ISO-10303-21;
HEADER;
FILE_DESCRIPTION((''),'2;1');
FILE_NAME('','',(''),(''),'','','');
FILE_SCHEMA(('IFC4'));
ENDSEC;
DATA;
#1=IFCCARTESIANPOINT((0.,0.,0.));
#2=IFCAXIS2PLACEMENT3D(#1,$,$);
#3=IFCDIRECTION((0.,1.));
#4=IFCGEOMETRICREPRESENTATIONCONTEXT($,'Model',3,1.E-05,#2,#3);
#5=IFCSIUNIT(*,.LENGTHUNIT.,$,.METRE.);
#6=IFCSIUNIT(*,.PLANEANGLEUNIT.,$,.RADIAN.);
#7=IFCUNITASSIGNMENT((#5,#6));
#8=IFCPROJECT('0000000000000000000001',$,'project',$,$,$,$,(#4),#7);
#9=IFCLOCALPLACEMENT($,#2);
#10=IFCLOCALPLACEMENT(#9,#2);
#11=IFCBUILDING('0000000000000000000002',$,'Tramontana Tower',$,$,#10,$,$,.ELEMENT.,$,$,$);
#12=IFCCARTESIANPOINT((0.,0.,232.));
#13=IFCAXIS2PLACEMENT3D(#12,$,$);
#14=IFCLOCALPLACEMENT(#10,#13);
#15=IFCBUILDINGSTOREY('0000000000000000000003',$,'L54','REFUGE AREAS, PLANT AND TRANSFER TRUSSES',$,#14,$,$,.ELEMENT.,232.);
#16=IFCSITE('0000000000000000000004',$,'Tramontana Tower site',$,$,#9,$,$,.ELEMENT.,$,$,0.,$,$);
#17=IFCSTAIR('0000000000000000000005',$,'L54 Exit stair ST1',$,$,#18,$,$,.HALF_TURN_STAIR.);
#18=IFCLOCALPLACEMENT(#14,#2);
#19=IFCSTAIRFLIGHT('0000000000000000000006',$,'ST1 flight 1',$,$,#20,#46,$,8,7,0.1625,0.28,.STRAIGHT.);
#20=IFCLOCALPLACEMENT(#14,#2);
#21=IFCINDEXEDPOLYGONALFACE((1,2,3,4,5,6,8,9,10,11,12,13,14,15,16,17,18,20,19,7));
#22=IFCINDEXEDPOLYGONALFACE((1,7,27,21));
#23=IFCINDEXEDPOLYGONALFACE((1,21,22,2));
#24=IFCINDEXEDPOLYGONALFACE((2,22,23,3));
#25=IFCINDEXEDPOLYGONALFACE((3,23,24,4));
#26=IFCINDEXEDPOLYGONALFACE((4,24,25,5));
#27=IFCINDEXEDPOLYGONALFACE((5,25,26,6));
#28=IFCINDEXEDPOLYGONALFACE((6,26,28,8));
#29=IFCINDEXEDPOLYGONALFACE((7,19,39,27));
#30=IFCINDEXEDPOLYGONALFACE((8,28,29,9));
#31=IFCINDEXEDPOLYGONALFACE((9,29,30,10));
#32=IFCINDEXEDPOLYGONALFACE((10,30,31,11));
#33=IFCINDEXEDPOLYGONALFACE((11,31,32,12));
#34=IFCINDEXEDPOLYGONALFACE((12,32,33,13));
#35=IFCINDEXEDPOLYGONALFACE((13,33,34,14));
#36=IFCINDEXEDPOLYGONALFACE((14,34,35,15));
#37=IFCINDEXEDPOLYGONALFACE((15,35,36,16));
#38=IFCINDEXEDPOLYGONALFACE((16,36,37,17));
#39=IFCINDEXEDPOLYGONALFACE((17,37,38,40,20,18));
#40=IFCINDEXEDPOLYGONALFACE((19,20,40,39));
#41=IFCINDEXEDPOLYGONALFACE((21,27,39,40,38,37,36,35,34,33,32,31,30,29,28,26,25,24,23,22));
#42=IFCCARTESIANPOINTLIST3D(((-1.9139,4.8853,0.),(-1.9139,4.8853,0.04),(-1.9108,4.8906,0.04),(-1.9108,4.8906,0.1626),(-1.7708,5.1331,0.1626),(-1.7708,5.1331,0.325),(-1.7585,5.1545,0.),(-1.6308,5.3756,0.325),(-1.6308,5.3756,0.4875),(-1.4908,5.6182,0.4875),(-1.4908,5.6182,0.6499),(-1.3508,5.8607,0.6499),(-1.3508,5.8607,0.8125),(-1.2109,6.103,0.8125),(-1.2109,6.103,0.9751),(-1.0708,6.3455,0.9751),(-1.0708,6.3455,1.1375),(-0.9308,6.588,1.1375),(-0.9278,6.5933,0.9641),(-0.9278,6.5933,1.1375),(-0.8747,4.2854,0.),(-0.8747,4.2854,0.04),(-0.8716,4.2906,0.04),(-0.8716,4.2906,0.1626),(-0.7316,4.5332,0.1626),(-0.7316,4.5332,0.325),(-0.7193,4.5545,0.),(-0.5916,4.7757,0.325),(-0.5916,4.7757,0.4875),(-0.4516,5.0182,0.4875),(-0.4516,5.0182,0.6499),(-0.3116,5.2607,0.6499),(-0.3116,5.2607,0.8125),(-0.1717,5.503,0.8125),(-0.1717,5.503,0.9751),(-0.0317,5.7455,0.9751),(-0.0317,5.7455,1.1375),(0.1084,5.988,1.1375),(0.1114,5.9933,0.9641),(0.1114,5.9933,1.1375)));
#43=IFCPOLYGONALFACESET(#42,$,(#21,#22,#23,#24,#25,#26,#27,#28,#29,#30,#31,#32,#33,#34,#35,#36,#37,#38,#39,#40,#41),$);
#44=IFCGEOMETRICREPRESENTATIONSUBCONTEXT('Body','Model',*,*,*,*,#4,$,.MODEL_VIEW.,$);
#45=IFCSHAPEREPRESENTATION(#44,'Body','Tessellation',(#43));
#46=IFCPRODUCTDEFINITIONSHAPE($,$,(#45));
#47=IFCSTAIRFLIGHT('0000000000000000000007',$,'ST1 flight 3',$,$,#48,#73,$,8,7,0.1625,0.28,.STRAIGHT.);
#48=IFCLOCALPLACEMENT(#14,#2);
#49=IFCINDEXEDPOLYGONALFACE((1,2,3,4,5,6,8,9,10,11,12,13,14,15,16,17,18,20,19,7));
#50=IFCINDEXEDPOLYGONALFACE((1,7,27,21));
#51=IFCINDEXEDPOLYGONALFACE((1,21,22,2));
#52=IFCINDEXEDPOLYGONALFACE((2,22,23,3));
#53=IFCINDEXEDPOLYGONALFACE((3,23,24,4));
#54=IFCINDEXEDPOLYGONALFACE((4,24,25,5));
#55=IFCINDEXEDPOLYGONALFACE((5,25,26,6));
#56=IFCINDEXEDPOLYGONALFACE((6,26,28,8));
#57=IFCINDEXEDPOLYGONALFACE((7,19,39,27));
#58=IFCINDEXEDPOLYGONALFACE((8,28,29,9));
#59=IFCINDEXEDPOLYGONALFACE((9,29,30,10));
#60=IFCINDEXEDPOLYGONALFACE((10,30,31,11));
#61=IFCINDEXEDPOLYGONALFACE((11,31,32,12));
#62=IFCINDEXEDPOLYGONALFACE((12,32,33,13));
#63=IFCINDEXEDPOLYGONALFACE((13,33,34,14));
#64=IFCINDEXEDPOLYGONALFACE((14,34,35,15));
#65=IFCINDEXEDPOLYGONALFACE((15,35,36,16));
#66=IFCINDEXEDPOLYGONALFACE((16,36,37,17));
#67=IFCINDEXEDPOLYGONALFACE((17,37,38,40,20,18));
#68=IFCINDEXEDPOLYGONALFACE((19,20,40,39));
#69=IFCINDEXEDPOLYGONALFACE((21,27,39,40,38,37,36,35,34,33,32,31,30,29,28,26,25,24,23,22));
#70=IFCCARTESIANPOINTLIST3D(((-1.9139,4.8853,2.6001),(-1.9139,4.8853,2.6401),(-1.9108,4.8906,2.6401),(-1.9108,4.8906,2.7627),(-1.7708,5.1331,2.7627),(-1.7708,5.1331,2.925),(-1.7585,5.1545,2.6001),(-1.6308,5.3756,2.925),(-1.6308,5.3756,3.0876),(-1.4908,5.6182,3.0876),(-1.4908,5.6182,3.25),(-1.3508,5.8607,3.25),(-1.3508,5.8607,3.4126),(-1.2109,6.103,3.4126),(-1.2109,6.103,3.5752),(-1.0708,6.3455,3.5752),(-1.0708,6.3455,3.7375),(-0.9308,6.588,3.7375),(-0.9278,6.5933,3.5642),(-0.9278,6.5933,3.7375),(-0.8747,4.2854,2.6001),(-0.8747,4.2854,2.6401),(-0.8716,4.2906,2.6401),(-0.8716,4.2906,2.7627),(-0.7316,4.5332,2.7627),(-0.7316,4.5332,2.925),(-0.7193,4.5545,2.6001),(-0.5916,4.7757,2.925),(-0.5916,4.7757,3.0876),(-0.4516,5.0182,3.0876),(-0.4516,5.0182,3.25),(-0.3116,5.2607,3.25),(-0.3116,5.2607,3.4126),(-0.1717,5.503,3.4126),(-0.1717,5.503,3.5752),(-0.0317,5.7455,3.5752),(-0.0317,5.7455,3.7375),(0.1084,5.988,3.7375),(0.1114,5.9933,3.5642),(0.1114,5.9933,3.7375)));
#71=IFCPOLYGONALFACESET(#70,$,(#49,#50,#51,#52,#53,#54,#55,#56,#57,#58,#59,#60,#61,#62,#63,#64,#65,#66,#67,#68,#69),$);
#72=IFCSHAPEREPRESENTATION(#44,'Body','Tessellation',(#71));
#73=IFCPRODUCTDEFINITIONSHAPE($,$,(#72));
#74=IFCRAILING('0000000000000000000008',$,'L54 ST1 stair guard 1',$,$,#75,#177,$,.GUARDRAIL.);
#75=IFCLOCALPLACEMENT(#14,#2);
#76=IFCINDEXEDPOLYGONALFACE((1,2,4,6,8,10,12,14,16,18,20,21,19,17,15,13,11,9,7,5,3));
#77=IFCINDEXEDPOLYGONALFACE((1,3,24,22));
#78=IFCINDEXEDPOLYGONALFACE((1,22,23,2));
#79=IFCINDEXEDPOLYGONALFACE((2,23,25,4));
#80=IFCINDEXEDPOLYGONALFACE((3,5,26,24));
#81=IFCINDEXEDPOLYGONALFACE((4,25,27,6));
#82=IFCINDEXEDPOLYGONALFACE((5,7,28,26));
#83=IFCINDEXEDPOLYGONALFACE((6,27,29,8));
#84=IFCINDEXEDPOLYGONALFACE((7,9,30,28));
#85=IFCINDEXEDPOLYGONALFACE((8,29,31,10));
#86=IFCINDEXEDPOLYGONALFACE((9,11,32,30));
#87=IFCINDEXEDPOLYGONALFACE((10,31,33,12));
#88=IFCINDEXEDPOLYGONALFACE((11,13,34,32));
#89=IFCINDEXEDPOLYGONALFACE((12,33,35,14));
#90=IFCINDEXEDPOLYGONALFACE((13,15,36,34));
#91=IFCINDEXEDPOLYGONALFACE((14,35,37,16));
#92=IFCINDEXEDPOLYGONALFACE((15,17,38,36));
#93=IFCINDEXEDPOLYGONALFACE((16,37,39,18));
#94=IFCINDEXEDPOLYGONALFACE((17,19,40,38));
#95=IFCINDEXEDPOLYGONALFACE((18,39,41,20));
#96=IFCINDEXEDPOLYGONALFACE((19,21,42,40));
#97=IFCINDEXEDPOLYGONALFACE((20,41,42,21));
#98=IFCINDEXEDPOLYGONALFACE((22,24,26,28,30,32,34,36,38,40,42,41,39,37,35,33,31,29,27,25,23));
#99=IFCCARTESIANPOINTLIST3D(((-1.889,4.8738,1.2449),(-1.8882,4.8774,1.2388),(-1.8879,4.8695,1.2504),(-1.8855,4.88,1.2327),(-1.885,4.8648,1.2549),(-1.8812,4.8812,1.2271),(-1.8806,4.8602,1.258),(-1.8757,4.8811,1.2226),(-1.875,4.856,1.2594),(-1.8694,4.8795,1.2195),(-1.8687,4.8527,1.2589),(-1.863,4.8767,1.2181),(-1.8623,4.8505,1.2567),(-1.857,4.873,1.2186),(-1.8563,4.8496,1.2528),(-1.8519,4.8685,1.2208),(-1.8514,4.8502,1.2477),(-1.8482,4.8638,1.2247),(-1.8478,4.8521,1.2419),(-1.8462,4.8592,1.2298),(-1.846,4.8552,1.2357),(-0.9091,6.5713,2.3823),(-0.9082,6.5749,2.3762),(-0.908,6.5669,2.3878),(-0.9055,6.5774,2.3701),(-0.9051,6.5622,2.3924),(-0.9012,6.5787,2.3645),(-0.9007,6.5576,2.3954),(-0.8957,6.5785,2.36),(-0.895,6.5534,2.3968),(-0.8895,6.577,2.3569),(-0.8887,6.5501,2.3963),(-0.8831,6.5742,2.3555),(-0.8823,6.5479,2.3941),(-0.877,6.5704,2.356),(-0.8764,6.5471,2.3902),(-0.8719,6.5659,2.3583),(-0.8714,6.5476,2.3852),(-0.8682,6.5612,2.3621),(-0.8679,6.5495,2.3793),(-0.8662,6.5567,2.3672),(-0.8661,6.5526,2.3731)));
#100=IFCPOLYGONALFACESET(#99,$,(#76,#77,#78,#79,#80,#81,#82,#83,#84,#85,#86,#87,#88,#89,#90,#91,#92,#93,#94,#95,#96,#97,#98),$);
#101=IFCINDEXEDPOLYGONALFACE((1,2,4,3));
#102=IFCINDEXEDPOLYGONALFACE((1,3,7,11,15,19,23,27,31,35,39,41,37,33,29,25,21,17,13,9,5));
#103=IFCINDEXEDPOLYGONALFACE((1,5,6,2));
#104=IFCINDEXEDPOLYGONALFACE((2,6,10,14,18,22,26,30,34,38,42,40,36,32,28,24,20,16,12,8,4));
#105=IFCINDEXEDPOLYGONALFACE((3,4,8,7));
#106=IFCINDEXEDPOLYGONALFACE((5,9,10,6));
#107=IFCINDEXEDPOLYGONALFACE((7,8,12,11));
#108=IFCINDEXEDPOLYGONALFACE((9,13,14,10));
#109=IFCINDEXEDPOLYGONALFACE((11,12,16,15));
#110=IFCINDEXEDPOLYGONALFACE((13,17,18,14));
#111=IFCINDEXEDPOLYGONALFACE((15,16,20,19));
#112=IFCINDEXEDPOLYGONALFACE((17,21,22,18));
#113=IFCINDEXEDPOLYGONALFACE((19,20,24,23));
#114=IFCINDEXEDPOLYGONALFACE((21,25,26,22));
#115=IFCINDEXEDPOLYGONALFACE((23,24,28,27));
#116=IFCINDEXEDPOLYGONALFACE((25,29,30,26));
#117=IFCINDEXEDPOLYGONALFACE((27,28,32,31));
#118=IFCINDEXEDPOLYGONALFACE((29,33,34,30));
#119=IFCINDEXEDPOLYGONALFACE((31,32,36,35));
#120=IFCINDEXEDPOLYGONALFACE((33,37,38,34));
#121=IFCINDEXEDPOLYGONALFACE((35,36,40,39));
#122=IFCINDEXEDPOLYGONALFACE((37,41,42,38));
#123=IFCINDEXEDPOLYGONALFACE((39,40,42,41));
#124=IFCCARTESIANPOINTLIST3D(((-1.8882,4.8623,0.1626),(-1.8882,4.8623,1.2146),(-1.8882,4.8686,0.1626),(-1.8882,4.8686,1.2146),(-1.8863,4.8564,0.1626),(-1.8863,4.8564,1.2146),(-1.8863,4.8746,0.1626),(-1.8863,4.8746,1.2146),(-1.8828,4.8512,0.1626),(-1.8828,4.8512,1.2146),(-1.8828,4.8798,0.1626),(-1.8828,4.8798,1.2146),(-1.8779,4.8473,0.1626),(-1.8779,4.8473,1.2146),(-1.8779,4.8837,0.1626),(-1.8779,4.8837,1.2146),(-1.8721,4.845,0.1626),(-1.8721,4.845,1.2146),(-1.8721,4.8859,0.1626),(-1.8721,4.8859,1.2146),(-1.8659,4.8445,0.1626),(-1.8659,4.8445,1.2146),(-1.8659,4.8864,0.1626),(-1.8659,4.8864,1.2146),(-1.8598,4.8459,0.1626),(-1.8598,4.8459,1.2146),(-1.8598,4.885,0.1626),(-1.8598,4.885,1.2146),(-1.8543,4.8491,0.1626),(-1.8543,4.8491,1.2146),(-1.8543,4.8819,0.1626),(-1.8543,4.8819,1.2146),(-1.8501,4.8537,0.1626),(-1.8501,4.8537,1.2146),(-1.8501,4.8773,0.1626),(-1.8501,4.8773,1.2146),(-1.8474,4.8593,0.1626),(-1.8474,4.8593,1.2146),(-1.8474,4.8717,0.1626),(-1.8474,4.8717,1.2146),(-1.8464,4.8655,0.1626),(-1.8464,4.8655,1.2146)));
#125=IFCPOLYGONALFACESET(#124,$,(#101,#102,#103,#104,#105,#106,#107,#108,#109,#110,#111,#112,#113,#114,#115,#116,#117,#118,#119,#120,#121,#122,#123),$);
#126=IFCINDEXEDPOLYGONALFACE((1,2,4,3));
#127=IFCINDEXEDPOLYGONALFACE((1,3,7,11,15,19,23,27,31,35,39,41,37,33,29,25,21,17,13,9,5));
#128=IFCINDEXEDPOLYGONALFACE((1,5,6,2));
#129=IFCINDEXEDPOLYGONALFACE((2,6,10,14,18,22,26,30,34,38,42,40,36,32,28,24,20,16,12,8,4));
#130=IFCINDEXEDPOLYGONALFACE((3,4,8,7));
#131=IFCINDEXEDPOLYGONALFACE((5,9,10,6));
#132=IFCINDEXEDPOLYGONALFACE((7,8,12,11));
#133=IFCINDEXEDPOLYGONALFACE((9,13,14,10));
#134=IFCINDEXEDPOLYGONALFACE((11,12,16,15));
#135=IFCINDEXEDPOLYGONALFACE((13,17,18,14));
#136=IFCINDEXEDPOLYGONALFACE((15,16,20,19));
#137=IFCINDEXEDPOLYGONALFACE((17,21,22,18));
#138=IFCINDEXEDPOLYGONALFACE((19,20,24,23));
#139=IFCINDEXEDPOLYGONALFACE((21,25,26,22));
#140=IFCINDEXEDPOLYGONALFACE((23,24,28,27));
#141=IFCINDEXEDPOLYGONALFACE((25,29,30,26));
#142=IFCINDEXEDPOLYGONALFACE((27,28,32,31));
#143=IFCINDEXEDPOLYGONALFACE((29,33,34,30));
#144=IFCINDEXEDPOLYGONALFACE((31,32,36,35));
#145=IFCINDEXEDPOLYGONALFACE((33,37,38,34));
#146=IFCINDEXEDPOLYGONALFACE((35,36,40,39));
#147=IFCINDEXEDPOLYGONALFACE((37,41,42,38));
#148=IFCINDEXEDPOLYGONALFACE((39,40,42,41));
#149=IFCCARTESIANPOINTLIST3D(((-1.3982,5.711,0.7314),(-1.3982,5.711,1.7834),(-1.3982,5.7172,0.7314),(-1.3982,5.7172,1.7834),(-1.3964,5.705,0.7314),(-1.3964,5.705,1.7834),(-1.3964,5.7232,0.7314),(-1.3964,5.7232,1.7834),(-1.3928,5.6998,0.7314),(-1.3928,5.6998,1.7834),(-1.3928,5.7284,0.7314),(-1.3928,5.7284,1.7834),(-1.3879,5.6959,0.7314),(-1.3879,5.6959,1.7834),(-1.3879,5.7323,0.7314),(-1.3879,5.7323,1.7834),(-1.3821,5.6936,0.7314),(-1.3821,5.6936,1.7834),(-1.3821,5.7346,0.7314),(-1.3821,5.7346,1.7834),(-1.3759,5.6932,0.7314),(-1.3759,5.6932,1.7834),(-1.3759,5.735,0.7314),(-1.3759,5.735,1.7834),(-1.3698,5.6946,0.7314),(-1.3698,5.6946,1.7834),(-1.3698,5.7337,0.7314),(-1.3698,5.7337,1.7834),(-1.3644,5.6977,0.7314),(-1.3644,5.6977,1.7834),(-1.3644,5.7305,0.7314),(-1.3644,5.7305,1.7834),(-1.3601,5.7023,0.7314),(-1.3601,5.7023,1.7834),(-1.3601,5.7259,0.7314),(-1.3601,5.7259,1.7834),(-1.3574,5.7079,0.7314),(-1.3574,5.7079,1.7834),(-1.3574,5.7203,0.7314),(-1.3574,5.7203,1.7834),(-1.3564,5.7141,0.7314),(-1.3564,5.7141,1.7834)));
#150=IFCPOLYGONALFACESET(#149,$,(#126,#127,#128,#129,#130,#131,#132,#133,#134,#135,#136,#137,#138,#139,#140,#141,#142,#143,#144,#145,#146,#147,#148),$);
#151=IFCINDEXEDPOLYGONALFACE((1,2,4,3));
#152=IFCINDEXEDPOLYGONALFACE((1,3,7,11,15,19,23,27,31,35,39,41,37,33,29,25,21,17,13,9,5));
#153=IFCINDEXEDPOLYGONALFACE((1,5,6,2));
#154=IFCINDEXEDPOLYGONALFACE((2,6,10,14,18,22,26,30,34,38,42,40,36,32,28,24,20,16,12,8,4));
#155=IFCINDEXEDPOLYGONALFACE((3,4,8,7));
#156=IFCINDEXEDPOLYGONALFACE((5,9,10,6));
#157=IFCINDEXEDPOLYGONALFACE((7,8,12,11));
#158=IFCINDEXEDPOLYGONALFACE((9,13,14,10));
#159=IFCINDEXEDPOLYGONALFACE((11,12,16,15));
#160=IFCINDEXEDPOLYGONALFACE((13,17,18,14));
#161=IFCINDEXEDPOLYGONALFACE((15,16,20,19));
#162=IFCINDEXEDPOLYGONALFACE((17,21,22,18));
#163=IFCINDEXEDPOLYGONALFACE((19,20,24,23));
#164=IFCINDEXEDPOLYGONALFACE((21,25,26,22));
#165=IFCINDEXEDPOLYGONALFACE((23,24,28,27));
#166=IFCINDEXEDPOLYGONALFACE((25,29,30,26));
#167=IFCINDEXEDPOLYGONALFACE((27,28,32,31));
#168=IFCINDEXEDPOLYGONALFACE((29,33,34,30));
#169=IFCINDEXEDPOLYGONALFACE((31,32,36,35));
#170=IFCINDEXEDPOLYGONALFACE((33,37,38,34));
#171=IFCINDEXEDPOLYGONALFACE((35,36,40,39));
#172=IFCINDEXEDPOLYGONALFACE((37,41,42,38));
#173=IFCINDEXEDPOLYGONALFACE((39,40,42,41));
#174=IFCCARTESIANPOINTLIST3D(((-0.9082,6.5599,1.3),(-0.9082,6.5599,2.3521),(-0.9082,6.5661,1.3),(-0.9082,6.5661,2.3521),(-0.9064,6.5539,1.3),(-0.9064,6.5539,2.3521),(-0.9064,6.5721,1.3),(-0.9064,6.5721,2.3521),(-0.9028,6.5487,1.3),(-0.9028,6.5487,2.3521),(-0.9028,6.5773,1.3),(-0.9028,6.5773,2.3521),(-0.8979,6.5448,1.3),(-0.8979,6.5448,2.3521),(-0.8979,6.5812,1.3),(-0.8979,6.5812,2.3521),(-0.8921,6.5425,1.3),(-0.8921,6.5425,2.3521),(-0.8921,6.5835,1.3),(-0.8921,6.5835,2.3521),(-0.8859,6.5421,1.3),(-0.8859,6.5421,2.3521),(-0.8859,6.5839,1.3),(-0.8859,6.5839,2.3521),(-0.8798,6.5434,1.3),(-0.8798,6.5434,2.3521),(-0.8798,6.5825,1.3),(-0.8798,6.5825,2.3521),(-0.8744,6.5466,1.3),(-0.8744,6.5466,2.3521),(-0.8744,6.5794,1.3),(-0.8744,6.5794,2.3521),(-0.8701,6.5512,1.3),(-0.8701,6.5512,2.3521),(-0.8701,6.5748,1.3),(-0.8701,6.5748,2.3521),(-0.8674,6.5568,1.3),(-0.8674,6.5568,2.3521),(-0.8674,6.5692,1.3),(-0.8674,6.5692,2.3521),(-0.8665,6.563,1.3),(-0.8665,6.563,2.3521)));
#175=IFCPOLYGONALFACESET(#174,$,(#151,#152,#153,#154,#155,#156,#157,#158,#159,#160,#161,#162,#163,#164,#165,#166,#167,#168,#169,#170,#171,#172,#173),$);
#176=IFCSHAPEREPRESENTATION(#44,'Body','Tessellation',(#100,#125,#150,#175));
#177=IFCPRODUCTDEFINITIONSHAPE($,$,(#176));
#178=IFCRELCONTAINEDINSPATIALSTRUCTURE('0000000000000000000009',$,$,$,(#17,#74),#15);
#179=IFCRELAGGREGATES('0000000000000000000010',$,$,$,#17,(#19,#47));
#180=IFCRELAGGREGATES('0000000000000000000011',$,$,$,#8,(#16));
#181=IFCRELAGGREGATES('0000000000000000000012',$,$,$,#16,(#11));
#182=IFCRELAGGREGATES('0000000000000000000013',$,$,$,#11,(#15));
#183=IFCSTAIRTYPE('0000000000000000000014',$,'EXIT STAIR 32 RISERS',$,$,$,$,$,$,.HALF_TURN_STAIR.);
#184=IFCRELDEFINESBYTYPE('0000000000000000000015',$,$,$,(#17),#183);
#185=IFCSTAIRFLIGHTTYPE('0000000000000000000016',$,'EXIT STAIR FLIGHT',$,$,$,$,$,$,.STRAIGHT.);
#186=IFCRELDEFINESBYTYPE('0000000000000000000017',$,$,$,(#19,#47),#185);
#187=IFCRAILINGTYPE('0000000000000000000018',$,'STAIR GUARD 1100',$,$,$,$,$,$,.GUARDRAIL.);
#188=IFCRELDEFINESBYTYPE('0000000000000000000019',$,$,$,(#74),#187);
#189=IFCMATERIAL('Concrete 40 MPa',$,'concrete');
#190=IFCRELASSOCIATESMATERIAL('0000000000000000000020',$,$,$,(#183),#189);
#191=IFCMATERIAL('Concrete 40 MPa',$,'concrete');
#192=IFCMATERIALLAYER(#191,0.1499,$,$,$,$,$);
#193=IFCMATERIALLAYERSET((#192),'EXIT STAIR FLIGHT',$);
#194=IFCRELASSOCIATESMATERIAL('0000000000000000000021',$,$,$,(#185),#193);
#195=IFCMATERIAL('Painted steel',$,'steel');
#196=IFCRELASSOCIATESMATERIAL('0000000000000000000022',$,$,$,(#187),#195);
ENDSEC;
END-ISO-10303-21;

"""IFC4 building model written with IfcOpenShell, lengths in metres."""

from ifc_helpers import new_model, si_unit, direction, frame, origin, origin_2d, place, context, subcontext, project, spatial, polyline, circle, outline, extrude, material, layer, layer_set, type_object, element, aggregate, save


model = new_model("IFC4")

# Units and contexts
model_context = context("Model", 3, precision=1e-05, world=origin(), true_north=direction((0.0, 1.0)))
body_context = subcontext(model_context, "Body", "Model", "MODEL_VIEW")
ifc_project = project(units=[si_unit("LENGTHUNIT", "METRE"), si_unit("PLANEANGLEUNIT", "RADIAN")], contexts=[model_context])

# Site, building, storey
site_placement = place(None, origin())
site = spatial("IfcSite", under=ifc_project, at=site_placement, Name="Tramontana Tower site", CompositionType="ELEMENT", RefElevation=0.0)
building_placement = place(site_placement, origin())
building = spatial("IfcBuilding", under=site, at=building_placement, Name="Tramontana Tower", CompositionType="ELEMENT")
storey_placement = place(building_placement, frame((0.0, 0.0, 232.0)))
storey = spatial("IfcBuildingStorey", under=building, at=storey_placement, Name="L54", Description="REFUGE AREAS, PLANT AND TRANSFER TRUSSES", CompositionType="ELEMENT", Elevation=232.0)

# Stair, stair flights
ifc_material_1 = material(Name="Concrete 40 MPa", Category="concrete")
stair_type = type_object("IfcStairType", Name="EXIT STAIR 32 RISERS", PredefinedType="HALF_TURN_STAIR", material=ifc_material_1)
stair_placement = place(storey_placement, origin())
stair = element("IfcStair", 1, at=stair_placement, inside=storey, type_object=stair_type, Name="L54 Exit stair ST1", PredefinedType="HALF_TURN_STAIR")
ifc_material_2 = material(Name="Concrete 40 MPa", Category="concrete")
ifc_layer_1 = layer(ifc_material_2, 0.1499)
ifc_layer_set_1 = layer_set([ifc_layer_1], Name="EXIT STAIR FLIGHT")
stair_flight_type = type_object("IfcStairFlightType", Name="EXIT STAIR FLIGHT", PredefinedType="STRAIGHT", material=ifc_layer_set_1)
stair_flight_1_placement = place(storey_placement, frame((-1.3911, 4.5906, 0.0), z_axis=(0.0, 0.0, 1.0), x_axis=(0.5, 0.866025, 0.0)))
stair_flight_1 = element("IfcStairFlight", 2, at=stair_flight_1_placement, type_object=stair_flight_type, Name="ST1 flight 1", NumberOfRisers=8, NumberOfTreads=7, PredefinedType="STRAIGHT", RiserHeight=0.1625, TreadLength=0.28, context=body_context, shape_type="SweptSolid", body=[
    extrude(outline(polyline([(-0.0061, 0.0), (-0.0061, 0.04), (0.0, 0.04), (0.0, 0.1626), (0.28, 0.1626), (0.28, 0.325), (0.5601, 0.325), (0.5601, 0.4875), (0.8401, 0.4875), (0.8401, 0.6499), (1.1201, 0.6499), (1.1201, 0.8125), (1.3999, 0.8125), (1.3999, 0.9751), (1.6799, 0.9751), (1.6799, 1.1375), (1.96, 1.1375), (1.9661, 1.1375), (1.9661, 0.9641), (0.3047, 0.0), (-0.0061, 0.0)])), frame((0.0, 0.6001, 0.0), z_axis=(0.0, -1.0, 0.0), x_axis=(1.0, 0.0, 0.0)), (0.0, 0.0, 1.0), 1.2),
])
stair_flight_2_placement = place(storey_placement, frame((-1.3911, 4.5906, 2.6001), z_axis=(0.0, 0.0, 1.0), x_axis=(0.5, 0.866025, 0.0)))
stair_flight_2 = element("IfcStairFlight", 3, at=stair_flight_2_placement, type_object=stair_flight_type, Name="ST1 flight 3", NumberOfRisers=8, NumberOfTreads=7, PredefinedType="STRAIGHT", RiserHeight=0.1625, TreadLength=0.28, context=body_context, shape_type="SweptSolid", body=[
    extrude(outline(polyline([(-0.0061, 0.0), (-0.0061, 0.04), (0.0, 0.04), (0.0, 0.1626), (0.28, 0.1626), (0.28, 0.325), (0.5601, 0.325), (0.5601, 0.4875), (0.8401, 0.4875), (0.8401, 0.6499), (1.1201, 0.6499), (1.1201, 0.8125), (1.3999, 0.8125), (1.3999, 0.9751), (1.6799, 0.9751), (1.6799, 1.1375), (1.96, 1.1375), (1.9661, 1.1375), (1.9661, 0.9641), (0.3047, 0.0), (-0.0061, 0.0)])), frame((0.0, 0.6001, 0.0), z_axis=(0.0, -1.0, 0.0), x_axis=(1.0, 0.0, 0.0)), (0.0, 0.0, 1.0), 1.2),
])
aggregate(stair, [stair_flight_1, stair_flight_2])

# Railing
ifc_material_3 = material(Name="Painted steel", Category="steel")
railing_type_1 = type_object("IfcRailingType", Name="STAIR GUARD 1100", PredefinedType="GUARDRAIL", material=ifc_material_3)
railing_1_placement = place(storey_placement, frame((-1.8674, 4.8655, 0.1626)))
element("IfcRailing", 4, at=railing_1_placement, inside=storey, type_object=railing_type_1, Name="L54 ST1 stair guard 1", PredefinedType="GUARDRAIL", context=body_context, shape_type="SweptSolid", body=[
    extrude(circle(Radius=0.0239, at=origin_2d()), frame((0.0, 0.0, 1.0762), z_axis=(0.432432, 0.749053, 0.501918), x_axis=(-0.866042, 0.49997, 0.0)), (0.0, 0.0, 1.0), 2.2661),
    extrude(circle(Radius=0.021, at=origin_2d()), origin(), (0.0, 0.0, 1.0), 1.052),
    extrude(circle(Radius=0.021, at=origin_2d()), frame((0.49, 0.8486, 0.5688)), (0.0, 0.0, 1.0), 1.052),
    extrude(circle(Radius=0.021, at=origin_2d()), frame((0.98, 1.6975, 1.1375)), (0.0, 0.0, 1.0), 1.052),
])

save(model, "model.ifc")
